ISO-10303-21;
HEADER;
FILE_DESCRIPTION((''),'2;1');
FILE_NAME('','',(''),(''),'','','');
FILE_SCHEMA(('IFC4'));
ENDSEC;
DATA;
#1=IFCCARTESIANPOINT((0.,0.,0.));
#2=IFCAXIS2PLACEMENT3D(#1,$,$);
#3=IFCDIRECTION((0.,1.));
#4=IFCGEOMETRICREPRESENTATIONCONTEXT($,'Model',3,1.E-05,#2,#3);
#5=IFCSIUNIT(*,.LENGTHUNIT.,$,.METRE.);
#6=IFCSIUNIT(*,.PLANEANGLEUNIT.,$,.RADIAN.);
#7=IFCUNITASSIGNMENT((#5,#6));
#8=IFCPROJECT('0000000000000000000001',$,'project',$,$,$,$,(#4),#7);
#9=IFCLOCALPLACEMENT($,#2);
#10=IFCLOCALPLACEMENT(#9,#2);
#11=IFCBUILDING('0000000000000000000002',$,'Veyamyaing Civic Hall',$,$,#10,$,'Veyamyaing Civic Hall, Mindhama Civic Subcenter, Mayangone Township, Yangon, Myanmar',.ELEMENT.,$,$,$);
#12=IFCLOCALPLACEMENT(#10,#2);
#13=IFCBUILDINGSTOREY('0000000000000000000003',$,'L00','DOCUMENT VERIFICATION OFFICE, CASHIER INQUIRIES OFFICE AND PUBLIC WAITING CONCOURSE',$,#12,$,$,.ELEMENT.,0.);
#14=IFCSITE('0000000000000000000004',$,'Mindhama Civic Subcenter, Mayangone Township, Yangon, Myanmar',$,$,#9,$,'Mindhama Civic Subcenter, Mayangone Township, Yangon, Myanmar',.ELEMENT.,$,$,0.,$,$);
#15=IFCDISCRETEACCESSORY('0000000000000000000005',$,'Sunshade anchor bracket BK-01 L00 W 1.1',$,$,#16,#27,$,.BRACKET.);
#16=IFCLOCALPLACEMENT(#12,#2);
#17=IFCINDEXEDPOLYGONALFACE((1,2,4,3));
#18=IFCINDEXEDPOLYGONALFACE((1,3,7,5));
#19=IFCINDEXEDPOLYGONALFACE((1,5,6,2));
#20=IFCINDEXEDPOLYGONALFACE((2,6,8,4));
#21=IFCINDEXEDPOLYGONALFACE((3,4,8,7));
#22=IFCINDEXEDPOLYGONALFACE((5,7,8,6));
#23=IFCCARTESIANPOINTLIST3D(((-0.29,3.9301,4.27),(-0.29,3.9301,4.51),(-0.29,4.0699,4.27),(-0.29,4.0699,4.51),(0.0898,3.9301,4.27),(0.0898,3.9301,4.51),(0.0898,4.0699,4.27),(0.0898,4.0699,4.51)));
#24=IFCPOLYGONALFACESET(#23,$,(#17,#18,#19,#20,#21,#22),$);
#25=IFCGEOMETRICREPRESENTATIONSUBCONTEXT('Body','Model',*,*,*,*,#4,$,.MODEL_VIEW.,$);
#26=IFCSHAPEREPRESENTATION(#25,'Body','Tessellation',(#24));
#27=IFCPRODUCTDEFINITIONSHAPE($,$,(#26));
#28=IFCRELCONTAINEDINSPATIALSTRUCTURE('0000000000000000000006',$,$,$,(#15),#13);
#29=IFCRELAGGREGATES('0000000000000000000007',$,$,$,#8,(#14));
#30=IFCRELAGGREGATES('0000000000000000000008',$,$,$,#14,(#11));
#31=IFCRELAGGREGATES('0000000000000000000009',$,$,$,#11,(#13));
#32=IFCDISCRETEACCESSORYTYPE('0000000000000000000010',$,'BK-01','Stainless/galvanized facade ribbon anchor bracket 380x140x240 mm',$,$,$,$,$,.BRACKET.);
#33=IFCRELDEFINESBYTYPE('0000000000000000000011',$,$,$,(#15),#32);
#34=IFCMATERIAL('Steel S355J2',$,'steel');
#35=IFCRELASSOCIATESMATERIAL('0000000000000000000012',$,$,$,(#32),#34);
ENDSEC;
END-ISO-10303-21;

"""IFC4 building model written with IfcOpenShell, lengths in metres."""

from ifc_helpers import new_model, si_unit, direction, frame, origin, origin_2d, place, context, subcontext, project, spatial, rectangle, extrude, material, type_object, element, save


model = new_model("IFC4")

# Units and contexts
model_context = context("Model", 3, precision=1e-05, world=origin(), true_north=direction((0.0, 1.0)))
body_context = subcontext(model_context, "Body", "Model", "MODEL_VIEW")
ifc_project = project(units=[si_unit("LENGTHUNIT", "METRE"), si_unit("PLANEANGLEUNIT", "RADIAN")], contexts=[model_context])

# Site, building, storey
site_placement = place(None, origin())
site = spatial("IfcSite", under=ifc_project, at=site_placement, Name="Mindhama Civic Subcenter, Mayangone Township, Yangon, Myanmar", LongName="Mindhama Civic Subcenter, Mayangone Township, Yangon, Myanmar", CompositionType="ELEMENT", RefElevation=0.0)
building_placement = place(site_placement, origin())
building = spatial("IfcBuilding", under=site, at=building_placement, Name="Veyamyaing Civic Hall", LongName="Veyamyaing Civic Hall, Mindhama Civic Subcenter, Mayangone Township, Yangon, Myanmar", CompositionType="ELEMENT")
storey_placement = place(building_placement, origin())
storey = spatial("IfcBuildingStorey", under=building, at=storey_placement, Name="L00", Description="DOCUMENT VERIFICATION OFFICE, CASHIER INQUIRIES OFFICE AND PUBLIC WAITING CONCOURSE", CompositionType="ELEMENT", Elevation=0.0)

# Discrete accessory
ifc_material_1 = material(Name="Steel S355J2", Category="steel")
discrete_accessory_type = type_object("IfcDiscreteAccessoryType", Name="BK-01", Description="Stainless/galvanized facade ribbon anchor bracket 380x140x240 mm", PredefinedType="BRACKET", material=ifc_material_1)
discrete_accessory_placement = place(storey_placement, frame((-0.1001, 4.0, 4.27), z_axis=(0.0, 0.0, 1.0), x_axis=(-1.0, 0.0, 0.0)))
element("IfcDiscreteAccessory", 1, at=discrete_accessory_placement, inside=storey, type_object=discrete_accessory_type, Name="Sunshade anchor bracket BK-01 L00 W 1.1", PredefinedType="BRACKET", context=body_context, shape_type="SweptSolid", body=[
    extrude(rectangle(XDim=0.3799, YDim=0.1399, at=origin_2d()), origin(), (0.0, 0.0, 1.0), 0.24),
])

save(model, "model.ifc")
